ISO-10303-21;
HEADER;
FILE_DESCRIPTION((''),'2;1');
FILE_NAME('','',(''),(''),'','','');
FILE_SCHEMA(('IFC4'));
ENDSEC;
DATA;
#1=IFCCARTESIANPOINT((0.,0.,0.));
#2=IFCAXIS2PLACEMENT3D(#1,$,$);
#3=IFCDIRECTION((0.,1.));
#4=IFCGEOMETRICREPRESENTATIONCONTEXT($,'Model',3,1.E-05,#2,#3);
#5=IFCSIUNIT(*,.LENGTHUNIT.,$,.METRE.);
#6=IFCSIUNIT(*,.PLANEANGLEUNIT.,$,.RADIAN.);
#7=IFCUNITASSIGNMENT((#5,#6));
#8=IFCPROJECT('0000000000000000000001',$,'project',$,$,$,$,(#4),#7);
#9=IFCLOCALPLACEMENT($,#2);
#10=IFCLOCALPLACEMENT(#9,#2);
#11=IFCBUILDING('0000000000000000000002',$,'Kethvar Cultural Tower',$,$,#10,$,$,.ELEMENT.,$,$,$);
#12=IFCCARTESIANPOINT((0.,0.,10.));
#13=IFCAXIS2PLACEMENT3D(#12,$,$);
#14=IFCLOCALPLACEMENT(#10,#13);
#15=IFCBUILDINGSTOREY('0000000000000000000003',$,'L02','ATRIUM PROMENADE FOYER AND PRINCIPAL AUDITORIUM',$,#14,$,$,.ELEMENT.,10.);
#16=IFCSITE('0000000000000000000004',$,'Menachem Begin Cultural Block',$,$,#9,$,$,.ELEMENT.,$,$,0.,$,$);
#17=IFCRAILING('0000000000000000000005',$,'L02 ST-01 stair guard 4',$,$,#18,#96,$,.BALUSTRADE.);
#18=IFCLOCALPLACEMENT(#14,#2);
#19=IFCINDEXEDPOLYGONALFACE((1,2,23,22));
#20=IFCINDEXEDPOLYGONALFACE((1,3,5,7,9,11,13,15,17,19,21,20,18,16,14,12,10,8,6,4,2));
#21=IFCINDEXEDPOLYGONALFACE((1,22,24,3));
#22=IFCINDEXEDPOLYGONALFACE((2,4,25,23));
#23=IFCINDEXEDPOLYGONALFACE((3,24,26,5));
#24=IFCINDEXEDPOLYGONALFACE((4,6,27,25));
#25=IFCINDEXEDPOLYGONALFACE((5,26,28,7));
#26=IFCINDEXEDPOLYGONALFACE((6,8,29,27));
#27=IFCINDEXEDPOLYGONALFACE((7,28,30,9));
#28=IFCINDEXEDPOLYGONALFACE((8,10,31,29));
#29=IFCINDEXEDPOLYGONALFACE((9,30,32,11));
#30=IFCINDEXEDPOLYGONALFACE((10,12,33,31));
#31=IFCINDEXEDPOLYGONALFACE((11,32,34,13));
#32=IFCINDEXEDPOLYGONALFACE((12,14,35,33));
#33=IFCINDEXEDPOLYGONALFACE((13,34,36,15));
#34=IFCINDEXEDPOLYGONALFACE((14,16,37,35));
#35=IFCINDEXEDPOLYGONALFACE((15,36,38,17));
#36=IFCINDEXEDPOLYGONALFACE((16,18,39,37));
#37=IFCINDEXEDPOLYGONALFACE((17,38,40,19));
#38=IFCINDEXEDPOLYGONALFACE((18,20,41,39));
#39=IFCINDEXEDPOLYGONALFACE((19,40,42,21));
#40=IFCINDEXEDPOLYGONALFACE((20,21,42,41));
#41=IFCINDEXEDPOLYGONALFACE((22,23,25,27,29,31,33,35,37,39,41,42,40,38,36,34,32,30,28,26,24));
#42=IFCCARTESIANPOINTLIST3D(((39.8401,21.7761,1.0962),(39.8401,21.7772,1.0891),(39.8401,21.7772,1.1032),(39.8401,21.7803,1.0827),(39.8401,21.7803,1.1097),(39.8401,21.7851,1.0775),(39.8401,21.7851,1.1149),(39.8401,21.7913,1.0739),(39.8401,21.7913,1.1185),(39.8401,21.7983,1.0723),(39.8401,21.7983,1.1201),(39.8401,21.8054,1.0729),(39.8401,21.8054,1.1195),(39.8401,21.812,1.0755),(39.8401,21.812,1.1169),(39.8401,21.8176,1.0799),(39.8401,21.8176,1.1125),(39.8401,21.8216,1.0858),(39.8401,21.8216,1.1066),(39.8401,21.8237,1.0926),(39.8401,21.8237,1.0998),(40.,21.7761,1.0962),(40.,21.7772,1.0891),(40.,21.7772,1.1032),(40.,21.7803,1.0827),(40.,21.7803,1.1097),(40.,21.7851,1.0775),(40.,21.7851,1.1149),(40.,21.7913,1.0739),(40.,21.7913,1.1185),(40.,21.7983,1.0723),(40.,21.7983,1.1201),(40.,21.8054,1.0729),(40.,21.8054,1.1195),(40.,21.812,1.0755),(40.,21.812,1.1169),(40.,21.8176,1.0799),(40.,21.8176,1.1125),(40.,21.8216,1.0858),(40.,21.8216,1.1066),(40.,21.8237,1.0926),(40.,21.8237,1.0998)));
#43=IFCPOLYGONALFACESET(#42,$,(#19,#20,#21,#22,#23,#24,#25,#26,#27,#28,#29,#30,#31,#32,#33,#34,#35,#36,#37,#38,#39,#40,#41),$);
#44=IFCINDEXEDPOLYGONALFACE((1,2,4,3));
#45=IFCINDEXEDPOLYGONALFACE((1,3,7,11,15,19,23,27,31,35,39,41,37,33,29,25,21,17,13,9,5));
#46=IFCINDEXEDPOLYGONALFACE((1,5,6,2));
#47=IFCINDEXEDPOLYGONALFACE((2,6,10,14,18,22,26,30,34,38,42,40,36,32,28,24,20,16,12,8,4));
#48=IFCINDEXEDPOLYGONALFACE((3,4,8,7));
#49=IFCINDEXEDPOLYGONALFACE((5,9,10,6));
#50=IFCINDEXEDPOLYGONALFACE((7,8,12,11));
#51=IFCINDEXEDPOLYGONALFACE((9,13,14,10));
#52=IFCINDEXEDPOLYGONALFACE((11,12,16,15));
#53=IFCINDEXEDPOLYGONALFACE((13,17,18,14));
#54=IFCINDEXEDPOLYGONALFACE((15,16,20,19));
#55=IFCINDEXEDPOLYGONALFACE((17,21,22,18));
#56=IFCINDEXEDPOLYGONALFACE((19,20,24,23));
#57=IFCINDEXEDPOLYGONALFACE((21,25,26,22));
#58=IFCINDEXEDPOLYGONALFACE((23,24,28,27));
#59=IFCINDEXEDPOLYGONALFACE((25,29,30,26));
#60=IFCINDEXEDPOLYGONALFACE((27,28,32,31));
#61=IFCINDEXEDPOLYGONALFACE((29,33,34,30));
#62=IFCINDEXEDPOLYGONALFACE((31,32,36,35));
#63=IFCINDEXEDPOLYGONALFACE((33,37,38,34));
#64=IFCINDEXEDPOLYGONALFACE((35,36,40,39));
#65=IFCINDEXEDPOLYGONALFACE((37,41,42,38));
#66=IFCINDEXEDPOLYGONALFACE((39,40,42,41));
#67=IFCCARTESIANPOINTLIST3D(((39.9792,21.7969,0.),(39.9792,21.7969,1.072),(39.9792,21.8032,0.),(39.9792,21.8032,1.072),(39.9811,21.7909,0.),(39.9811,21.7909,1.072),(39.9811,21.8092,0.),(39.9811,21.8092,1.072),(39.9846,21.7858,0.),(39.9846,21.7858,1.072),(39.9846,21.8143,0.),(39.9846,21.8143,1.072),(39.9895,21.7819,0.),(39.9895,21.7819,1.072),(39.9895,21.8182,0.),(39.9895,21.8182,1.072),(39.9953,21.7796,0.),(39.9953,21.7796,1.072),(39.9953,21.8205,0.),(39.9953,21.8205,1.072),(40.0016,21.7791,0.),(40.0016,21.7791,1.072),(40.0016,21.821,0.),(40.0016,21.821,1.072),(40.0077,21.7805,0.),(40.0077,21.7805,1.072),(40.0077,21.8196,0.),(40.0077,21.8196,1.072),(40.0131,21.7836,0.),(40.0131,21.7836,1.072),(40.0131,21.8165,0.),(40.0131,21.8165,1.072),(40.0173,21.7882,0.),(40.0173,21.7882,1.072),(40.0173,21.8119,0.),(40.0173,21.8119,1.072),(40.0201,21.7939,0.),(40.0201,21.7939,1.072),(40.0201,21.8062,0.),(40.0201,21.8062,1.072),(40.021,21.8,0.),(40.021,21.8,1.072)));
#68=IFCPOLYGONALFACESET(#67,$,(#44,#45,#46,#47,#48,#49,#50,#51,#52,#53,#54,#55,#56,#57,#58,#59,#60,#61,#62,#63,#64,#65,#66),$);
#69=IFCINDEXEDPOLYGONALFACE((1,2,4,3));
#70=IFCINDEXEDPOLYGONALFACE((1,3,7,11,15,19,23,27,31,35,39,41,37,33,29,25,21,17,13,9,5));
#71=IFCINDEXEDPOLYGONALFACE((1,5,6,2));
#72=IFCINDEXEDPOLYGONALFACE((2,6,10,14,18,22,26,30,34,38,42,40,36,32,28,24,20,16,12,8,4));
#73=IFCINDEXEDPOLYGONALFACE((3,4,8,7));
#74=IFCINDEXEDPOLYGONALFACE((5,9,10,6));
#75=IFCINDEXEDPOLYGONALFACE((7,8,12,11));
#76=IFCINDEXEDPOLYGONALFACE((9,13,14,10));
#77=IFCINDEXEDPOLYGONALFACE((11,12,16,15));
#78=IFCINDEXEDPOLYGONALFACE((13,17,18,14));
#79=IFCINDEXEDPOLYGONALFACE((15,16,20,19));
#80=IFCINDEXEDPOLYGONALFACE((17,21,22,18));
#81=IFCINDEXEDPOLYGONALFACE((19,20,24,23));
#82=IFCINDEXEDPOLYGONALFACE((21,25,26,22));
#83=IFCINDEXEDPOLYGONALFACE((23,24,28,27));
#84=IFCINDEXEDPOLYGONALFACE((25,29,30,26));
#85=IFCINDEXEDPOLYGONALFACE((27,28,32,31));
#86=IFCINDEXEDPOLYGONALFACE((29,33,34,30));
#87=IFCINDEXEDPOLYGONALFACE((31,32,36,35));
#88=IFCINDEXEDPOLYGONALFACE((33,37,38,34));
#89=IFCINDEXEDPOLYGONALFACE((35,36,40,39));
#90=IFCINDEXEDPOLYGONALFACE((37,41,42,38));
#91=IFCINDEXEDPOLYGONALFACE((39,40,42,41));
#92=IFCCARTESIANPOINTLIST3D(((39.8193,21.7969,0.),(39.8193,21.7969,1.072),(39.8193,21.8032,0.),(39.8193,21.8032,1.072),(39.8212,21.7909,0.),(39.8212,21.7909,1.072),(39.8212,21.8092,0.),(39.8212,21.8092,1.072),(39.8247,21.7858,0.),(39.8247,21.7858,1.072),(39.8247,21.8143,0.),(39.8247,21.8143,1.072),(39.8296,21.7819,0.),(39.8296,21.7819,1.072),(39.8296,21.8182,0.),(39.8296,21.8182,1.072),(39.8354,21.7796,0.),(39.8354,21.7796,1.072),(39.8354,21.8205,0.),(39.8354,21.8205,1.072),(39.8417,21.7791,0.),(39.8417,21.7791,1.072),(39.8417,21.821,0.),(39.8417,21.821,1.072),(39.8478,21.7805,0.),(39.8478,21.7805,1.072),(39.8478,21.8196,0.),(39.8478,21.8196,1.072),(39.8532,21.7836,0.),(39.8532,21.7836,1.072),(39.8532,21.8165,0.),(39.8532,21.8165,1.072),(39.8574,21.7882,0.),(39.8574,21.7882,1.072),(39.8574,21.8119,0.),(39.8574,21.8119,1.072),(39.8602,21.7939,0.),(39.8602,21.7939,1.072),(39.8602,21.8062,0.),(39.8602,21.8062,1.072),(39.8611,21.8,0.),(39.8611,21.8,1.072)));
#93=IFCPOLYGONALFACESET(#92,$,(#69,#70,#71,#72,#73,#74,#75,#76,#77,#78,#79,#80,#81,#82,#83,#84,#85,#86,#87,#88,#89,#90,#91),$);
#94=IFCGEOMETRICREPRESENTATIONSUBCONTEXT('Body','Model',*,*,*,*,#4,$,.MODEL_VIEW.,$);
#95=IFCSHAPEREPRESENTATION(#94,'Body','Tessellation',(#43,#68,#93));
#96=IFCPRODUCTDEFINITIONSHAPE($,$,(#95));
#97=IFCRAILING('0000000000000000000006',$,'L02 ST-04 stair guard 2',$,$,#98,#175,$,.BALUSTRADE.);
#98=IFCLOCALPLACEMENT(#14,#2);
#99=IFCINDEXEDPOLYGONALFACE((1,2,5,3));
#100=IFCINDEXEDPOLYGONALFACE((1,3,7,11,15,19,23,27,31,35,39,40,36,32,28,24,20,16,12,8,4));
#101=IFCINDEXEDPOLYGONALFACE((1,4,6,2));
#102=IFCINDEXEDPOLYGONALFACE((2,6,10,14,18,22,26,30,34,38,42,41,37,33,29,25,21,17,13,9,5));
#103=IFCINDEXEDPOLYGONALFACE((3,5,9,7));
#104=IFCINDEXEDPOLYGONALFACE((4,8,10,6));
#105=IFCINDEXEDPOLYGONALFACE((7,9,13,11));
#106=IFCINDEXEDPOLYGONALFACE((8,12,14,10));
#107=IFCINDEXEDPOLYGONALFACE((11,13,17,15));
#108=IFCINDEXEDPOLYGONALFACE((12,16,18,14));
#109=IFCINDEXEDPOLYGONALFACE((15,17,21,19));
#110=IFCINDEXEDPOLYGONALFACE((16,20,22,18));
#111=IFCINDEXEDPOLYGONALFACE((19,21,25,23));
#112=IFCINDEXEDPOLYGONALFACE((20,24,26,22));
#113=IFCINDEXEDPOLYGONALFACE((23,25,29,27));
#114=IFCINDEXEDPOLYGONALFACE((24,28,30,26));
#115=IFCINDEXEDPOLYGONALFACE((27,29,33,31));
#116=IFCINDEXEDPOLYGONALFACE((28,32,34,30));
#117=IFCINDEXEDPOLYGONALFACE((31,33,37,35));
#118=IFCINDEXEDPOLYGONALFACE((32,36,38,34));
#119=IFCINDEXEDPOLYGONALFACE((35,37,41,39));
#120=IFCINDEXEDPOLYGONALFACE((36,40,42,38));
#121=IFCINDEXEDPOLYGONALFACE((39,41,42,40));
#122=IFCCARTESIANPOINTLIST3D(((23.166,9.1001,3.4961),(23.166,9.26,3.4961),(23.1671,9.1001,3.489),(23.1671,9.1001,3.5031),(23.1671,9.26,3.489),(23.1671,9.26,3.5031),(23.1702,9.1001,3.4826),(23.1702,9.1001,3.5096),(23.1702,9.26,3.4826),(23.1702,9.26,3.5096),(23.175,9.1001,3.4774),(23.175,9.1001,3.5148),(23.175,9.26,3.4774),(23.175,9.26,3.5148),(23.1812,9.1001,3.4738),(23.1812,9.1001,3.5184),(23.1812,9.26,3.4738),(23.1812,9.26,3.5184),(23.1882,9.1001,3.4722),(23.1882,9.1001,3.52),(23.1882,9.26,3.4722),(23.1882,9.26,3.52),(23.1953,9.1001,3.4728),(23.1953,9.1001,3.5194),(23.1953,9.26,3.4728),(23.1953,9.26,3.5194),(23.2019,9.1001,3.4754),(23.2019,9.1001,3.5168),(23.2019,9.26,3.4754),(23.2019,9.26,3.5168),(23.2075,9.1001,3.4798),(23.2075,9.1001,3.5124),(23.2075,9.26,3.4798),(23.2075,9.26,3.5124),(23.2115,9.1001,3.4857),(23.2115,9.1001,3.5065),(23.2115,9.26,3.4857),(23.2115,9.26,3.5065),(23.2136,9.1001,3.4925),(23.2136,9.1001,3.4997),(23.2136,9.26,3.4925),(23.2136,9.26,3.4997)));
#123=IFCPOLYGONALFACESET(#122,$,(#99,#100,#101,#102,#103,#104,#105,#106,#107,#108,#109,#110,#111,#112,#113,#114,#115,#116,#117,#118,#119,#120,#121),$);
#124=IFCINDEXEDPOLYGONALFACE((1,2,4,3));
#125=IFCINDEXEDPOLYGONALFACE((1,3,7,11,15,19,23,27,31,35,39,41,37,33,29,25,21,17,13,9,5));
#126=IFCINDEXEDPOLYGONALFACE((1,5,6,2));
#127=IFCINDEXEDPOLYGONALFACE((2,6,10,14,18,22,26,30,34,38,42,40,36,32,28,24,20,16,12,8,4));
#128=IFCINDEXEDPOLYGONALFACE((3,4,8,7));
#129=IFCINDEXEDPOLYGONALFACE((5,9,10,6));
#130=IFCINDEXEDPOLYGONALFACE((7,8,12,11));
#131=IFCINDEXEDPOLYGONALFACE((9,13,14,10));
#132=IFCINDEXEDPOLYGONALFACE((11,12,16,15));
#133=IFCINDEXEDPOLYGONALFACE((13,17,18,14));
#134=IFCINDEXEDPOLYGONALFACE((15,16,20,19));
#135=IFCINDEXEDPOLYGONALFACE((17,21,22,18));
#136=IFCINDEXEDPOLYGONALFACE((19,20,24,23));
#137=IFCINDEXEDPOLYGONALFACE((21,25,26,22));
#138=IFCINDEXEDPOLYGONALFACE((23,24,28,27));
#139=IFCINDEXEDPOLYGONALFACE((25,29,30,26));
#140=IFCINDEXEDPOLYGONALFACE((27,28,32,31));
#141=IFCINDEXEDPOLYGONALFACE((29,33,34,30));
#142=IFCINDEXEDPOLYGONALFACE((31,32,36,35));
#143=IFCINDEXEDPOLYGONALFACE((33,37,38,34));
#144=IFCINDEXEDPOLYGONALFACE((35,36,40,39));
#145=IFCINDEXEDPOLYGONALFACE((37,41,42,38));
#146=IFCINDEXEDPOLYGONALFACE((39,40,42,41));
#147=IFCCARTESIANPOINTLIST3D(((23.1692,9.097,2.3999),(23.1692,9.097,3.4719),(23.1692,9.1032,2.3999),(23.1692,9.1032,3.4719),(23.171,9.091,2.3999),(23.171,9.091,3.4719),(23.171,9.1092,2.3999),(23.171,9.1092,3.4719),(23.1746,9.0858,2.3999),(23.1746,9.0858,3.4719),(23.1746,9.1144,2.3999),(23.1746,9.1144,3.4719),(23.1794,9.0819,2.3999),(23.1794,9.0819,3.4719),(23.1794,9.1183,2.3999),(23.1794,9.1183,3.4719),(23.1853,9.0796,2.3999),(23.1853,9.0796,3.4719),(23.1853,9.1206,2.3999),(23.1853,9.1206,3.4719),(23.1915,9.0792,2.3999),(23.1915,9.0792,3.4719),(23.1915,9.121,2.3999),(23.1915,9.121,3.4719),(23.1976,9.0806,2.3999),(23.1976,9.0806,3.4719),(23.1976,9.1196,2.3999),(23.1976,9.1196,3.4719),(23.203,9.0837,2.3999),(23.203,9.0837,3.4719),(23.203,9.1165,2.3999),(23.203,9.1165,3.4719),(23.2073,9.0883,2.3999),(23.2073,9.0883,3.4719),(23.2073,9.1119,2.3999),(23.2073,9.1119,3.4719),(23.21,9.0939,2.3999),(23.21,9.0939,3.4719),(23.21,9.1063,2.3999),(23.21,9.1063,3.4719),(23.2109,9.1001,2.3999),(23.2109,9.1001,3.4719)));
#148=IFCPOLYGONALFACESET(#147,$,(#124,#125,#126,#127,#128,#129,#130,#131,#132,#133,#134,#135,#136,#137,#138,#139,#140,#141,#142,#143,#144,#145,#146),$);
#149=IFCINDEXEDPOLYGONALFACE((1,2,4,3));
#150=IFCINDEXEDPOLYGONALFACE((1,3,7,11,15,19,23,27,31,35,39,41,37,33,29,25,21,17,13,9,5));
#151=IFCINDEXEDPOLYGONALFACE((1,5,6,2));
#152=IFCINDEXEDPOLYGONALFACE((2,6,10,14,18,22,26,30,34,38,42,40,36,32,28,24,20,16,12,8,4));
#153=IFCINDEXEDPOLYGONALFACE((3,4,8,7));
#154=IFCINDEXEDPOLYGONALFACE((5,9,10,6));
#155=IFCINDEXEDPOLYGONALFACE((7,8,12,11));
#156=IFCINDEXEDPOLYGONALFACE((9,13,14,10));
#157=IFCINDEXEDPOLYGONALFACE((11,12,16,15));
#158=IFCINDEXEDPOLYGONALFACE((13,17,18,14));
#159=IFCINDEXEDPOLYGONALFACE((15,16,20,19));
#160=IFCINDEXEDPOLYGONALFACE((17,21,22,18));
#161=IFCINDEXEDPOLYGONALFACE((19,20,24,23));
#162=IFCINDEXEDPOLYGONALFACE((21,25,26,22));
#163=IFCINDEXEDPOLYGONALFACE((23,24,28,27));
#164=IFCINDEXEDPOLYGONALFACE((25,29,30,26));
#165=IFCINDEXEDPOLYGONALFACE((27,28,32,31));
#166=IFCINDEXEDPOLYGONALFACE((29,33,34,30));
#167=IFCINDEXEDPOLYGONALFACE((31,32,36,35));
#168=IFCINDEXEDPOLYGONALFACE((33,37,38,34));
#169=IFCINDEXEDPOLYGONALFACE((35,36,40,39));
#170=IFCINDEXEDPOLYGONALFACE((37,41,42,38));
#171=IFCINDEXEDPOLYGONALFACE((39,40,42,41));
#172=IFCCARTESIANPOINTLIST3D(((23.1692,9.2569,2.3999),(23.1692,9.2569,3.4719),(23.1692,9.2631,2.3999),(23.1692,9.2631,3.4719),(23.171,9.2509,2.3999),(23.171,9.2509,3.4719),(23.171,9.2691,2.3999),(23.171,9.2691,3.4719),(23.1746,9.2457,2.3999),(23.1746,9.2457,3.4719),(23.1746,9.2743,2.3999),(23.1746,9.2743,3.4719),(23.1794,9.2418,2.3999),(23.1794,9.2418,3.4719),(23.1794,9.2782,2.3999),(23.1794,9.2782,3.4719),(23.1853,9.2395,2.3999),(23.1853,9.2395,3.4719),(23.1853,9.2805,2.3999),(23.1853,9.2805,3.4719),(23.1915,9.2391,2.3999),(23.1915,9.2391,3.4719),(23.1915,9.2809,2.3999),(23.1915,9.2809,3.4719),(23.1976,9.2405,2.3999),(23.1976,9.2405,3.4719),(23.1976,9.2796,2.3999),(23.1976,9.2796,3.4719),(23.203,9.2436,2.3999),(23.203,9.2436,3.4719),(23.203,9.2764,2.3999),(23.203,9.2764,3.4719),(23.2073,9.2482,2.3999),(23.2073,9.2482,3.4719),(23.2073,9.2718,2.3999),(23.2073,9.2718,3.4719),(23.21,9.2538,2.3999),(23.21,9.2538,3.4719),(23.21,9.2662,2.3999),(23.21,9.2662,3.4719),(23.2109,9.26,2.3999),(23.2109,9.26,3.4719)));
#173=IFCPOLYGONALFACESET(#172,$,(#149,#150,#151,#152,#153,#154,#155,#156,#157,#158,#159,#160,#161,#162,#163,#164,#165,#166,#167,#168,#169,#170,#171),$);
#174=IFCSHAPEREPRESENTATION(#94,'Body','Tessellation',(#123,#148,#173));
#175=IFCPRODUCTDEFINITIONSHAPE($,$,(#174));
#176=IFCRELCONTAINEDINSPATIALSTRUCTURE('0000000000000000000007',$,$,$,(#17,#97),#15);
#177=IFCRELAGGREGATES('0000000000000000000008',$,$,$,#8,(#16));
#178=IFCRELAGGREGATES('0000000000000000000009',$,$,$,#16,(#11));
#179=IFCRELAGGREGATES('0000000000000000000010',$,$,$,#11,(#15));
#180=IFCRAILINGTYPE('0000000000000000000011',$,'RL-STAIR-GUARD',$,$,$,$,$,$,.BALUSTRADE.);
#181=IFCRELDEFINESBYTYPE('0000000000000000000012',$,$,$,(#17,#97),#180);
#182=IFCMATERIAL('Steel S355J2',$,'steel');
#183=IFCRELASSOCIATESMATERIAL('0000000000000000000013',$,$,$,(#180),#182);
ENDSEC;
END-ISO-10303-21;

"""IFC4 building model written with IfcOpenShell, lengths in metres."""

from ifc_helpers import new_model, si_unit, direction, frame, origin, origin_2d, place, context, subcontext, project, spatial, circle, extrude, material, type_object, element, save


model = new_model("IFC4")

# Units and contexts
model_context = context("Model", 3, precision=1e-05, world=origin(), true_north=direction((0.0, 1.0)))
body_context = subcontext(model_context, "Body", "Model", "MODEL_VIEW")
ifc_project = project(units=[si_unit("LENGTHUNIT", "METRE"), si_unit("PLANEANGLEUNIT", "RADIAN")], contexts=[model_context])

# Site, building, storey
site_placement = place(None, origin())
site = spatial("IfcSite", under=ifc_project, at=site_placement, Name="Menachem Begin Cultural Block", CompositionType="ELEMENT", RefElevation=0.0)
building_placement = place(site_placement, origin())
building = spatial("IfcBuilding", under=site, at=building_placement, Name="Kethvar Cultural Tower", CompositionType="ELEMENT")
storey_placement = place(building_placement, frame((0.0, 0.0, 10.0)))
storey = spatial("IfcBuildingStorey", under=building, at=storey_placement, Name="L02", Description="ATRIUM PROMENADE FOYER AND PRINCIPAL AUDITORIUM", CompositionType="ELEMENT", Elevation=10.0)

# Shared definitions
ifc_material_1 = material(Name="Steel S355J2", Category="steel")

# Railings
railing_type_1 = type_object("IfcRailingType", Name="RL-STAIR-GUARD", PredefinedType="BALUSTRADE", material=ifc_material_1)
railing_1_placement = place(storey_placement, frame((40.0, 21.8, 0.0)))
element("IfcRailing", 1, at=railing_1_placement, inside=storey, type_object=railing_type_1, Name="L02 ST-01 stair guard 4", PredefinedType="BALUSTRADE", context=body_context, shape_type="SweptSolid", body=[
    extrude(circle(Radius=0.0239, at=origin_2d()), frame((0.0, 0.0, 1.0962), z_axis=(-1.0, 0.0, 0.0), x_axis=(0.0, -1.0, 0.0)), (0.0, 0.0, 1.0), 0.1599),
    extrude(circle(Radius=0.021, at=origin_2d()), origin(), (0.0, 0.0, 1.0), 1.072),
    extrude(circle(Radius=0.021, at=origin_2d()), frame((-0.1599, 0.0, 0.0)), (0.0, 0.0, 1.0), 1.072),
])
railing_2_placement = place(storey_placement, frame((23.1899, 9.1001, 2.3999)))
element("IfcRailing", 2, at=railing_2_placement, inside=storey, type_object=railing_type_1, Name="L02 ST-04 stair guard 2", PredefinedType="BALUSTRADE", context=body_context, shape_type="SweptSolid", body=[
    extrude(circle(Radius=0.0239, at=origin_2d()), frame((0.0, 0.0, 1.0962), z_axis=(0.0, 1.0, 0.0), x_axis=(-1.0, 0.0, 0.0)), (0.0, 0.0, 1.0), 0.1599),
    extrude(circle(Radius=0.021, at=origin_2d()), origin(), (0.0, 0.0, 1.0), 1.072),
    extrude(circle(Radius=0.021, at=origin_2d()), frame((0.0, 0.1599, 0.0)), (0.0, 0.0, 1.0), 1.072),
])

save(model, "model.ifc")
